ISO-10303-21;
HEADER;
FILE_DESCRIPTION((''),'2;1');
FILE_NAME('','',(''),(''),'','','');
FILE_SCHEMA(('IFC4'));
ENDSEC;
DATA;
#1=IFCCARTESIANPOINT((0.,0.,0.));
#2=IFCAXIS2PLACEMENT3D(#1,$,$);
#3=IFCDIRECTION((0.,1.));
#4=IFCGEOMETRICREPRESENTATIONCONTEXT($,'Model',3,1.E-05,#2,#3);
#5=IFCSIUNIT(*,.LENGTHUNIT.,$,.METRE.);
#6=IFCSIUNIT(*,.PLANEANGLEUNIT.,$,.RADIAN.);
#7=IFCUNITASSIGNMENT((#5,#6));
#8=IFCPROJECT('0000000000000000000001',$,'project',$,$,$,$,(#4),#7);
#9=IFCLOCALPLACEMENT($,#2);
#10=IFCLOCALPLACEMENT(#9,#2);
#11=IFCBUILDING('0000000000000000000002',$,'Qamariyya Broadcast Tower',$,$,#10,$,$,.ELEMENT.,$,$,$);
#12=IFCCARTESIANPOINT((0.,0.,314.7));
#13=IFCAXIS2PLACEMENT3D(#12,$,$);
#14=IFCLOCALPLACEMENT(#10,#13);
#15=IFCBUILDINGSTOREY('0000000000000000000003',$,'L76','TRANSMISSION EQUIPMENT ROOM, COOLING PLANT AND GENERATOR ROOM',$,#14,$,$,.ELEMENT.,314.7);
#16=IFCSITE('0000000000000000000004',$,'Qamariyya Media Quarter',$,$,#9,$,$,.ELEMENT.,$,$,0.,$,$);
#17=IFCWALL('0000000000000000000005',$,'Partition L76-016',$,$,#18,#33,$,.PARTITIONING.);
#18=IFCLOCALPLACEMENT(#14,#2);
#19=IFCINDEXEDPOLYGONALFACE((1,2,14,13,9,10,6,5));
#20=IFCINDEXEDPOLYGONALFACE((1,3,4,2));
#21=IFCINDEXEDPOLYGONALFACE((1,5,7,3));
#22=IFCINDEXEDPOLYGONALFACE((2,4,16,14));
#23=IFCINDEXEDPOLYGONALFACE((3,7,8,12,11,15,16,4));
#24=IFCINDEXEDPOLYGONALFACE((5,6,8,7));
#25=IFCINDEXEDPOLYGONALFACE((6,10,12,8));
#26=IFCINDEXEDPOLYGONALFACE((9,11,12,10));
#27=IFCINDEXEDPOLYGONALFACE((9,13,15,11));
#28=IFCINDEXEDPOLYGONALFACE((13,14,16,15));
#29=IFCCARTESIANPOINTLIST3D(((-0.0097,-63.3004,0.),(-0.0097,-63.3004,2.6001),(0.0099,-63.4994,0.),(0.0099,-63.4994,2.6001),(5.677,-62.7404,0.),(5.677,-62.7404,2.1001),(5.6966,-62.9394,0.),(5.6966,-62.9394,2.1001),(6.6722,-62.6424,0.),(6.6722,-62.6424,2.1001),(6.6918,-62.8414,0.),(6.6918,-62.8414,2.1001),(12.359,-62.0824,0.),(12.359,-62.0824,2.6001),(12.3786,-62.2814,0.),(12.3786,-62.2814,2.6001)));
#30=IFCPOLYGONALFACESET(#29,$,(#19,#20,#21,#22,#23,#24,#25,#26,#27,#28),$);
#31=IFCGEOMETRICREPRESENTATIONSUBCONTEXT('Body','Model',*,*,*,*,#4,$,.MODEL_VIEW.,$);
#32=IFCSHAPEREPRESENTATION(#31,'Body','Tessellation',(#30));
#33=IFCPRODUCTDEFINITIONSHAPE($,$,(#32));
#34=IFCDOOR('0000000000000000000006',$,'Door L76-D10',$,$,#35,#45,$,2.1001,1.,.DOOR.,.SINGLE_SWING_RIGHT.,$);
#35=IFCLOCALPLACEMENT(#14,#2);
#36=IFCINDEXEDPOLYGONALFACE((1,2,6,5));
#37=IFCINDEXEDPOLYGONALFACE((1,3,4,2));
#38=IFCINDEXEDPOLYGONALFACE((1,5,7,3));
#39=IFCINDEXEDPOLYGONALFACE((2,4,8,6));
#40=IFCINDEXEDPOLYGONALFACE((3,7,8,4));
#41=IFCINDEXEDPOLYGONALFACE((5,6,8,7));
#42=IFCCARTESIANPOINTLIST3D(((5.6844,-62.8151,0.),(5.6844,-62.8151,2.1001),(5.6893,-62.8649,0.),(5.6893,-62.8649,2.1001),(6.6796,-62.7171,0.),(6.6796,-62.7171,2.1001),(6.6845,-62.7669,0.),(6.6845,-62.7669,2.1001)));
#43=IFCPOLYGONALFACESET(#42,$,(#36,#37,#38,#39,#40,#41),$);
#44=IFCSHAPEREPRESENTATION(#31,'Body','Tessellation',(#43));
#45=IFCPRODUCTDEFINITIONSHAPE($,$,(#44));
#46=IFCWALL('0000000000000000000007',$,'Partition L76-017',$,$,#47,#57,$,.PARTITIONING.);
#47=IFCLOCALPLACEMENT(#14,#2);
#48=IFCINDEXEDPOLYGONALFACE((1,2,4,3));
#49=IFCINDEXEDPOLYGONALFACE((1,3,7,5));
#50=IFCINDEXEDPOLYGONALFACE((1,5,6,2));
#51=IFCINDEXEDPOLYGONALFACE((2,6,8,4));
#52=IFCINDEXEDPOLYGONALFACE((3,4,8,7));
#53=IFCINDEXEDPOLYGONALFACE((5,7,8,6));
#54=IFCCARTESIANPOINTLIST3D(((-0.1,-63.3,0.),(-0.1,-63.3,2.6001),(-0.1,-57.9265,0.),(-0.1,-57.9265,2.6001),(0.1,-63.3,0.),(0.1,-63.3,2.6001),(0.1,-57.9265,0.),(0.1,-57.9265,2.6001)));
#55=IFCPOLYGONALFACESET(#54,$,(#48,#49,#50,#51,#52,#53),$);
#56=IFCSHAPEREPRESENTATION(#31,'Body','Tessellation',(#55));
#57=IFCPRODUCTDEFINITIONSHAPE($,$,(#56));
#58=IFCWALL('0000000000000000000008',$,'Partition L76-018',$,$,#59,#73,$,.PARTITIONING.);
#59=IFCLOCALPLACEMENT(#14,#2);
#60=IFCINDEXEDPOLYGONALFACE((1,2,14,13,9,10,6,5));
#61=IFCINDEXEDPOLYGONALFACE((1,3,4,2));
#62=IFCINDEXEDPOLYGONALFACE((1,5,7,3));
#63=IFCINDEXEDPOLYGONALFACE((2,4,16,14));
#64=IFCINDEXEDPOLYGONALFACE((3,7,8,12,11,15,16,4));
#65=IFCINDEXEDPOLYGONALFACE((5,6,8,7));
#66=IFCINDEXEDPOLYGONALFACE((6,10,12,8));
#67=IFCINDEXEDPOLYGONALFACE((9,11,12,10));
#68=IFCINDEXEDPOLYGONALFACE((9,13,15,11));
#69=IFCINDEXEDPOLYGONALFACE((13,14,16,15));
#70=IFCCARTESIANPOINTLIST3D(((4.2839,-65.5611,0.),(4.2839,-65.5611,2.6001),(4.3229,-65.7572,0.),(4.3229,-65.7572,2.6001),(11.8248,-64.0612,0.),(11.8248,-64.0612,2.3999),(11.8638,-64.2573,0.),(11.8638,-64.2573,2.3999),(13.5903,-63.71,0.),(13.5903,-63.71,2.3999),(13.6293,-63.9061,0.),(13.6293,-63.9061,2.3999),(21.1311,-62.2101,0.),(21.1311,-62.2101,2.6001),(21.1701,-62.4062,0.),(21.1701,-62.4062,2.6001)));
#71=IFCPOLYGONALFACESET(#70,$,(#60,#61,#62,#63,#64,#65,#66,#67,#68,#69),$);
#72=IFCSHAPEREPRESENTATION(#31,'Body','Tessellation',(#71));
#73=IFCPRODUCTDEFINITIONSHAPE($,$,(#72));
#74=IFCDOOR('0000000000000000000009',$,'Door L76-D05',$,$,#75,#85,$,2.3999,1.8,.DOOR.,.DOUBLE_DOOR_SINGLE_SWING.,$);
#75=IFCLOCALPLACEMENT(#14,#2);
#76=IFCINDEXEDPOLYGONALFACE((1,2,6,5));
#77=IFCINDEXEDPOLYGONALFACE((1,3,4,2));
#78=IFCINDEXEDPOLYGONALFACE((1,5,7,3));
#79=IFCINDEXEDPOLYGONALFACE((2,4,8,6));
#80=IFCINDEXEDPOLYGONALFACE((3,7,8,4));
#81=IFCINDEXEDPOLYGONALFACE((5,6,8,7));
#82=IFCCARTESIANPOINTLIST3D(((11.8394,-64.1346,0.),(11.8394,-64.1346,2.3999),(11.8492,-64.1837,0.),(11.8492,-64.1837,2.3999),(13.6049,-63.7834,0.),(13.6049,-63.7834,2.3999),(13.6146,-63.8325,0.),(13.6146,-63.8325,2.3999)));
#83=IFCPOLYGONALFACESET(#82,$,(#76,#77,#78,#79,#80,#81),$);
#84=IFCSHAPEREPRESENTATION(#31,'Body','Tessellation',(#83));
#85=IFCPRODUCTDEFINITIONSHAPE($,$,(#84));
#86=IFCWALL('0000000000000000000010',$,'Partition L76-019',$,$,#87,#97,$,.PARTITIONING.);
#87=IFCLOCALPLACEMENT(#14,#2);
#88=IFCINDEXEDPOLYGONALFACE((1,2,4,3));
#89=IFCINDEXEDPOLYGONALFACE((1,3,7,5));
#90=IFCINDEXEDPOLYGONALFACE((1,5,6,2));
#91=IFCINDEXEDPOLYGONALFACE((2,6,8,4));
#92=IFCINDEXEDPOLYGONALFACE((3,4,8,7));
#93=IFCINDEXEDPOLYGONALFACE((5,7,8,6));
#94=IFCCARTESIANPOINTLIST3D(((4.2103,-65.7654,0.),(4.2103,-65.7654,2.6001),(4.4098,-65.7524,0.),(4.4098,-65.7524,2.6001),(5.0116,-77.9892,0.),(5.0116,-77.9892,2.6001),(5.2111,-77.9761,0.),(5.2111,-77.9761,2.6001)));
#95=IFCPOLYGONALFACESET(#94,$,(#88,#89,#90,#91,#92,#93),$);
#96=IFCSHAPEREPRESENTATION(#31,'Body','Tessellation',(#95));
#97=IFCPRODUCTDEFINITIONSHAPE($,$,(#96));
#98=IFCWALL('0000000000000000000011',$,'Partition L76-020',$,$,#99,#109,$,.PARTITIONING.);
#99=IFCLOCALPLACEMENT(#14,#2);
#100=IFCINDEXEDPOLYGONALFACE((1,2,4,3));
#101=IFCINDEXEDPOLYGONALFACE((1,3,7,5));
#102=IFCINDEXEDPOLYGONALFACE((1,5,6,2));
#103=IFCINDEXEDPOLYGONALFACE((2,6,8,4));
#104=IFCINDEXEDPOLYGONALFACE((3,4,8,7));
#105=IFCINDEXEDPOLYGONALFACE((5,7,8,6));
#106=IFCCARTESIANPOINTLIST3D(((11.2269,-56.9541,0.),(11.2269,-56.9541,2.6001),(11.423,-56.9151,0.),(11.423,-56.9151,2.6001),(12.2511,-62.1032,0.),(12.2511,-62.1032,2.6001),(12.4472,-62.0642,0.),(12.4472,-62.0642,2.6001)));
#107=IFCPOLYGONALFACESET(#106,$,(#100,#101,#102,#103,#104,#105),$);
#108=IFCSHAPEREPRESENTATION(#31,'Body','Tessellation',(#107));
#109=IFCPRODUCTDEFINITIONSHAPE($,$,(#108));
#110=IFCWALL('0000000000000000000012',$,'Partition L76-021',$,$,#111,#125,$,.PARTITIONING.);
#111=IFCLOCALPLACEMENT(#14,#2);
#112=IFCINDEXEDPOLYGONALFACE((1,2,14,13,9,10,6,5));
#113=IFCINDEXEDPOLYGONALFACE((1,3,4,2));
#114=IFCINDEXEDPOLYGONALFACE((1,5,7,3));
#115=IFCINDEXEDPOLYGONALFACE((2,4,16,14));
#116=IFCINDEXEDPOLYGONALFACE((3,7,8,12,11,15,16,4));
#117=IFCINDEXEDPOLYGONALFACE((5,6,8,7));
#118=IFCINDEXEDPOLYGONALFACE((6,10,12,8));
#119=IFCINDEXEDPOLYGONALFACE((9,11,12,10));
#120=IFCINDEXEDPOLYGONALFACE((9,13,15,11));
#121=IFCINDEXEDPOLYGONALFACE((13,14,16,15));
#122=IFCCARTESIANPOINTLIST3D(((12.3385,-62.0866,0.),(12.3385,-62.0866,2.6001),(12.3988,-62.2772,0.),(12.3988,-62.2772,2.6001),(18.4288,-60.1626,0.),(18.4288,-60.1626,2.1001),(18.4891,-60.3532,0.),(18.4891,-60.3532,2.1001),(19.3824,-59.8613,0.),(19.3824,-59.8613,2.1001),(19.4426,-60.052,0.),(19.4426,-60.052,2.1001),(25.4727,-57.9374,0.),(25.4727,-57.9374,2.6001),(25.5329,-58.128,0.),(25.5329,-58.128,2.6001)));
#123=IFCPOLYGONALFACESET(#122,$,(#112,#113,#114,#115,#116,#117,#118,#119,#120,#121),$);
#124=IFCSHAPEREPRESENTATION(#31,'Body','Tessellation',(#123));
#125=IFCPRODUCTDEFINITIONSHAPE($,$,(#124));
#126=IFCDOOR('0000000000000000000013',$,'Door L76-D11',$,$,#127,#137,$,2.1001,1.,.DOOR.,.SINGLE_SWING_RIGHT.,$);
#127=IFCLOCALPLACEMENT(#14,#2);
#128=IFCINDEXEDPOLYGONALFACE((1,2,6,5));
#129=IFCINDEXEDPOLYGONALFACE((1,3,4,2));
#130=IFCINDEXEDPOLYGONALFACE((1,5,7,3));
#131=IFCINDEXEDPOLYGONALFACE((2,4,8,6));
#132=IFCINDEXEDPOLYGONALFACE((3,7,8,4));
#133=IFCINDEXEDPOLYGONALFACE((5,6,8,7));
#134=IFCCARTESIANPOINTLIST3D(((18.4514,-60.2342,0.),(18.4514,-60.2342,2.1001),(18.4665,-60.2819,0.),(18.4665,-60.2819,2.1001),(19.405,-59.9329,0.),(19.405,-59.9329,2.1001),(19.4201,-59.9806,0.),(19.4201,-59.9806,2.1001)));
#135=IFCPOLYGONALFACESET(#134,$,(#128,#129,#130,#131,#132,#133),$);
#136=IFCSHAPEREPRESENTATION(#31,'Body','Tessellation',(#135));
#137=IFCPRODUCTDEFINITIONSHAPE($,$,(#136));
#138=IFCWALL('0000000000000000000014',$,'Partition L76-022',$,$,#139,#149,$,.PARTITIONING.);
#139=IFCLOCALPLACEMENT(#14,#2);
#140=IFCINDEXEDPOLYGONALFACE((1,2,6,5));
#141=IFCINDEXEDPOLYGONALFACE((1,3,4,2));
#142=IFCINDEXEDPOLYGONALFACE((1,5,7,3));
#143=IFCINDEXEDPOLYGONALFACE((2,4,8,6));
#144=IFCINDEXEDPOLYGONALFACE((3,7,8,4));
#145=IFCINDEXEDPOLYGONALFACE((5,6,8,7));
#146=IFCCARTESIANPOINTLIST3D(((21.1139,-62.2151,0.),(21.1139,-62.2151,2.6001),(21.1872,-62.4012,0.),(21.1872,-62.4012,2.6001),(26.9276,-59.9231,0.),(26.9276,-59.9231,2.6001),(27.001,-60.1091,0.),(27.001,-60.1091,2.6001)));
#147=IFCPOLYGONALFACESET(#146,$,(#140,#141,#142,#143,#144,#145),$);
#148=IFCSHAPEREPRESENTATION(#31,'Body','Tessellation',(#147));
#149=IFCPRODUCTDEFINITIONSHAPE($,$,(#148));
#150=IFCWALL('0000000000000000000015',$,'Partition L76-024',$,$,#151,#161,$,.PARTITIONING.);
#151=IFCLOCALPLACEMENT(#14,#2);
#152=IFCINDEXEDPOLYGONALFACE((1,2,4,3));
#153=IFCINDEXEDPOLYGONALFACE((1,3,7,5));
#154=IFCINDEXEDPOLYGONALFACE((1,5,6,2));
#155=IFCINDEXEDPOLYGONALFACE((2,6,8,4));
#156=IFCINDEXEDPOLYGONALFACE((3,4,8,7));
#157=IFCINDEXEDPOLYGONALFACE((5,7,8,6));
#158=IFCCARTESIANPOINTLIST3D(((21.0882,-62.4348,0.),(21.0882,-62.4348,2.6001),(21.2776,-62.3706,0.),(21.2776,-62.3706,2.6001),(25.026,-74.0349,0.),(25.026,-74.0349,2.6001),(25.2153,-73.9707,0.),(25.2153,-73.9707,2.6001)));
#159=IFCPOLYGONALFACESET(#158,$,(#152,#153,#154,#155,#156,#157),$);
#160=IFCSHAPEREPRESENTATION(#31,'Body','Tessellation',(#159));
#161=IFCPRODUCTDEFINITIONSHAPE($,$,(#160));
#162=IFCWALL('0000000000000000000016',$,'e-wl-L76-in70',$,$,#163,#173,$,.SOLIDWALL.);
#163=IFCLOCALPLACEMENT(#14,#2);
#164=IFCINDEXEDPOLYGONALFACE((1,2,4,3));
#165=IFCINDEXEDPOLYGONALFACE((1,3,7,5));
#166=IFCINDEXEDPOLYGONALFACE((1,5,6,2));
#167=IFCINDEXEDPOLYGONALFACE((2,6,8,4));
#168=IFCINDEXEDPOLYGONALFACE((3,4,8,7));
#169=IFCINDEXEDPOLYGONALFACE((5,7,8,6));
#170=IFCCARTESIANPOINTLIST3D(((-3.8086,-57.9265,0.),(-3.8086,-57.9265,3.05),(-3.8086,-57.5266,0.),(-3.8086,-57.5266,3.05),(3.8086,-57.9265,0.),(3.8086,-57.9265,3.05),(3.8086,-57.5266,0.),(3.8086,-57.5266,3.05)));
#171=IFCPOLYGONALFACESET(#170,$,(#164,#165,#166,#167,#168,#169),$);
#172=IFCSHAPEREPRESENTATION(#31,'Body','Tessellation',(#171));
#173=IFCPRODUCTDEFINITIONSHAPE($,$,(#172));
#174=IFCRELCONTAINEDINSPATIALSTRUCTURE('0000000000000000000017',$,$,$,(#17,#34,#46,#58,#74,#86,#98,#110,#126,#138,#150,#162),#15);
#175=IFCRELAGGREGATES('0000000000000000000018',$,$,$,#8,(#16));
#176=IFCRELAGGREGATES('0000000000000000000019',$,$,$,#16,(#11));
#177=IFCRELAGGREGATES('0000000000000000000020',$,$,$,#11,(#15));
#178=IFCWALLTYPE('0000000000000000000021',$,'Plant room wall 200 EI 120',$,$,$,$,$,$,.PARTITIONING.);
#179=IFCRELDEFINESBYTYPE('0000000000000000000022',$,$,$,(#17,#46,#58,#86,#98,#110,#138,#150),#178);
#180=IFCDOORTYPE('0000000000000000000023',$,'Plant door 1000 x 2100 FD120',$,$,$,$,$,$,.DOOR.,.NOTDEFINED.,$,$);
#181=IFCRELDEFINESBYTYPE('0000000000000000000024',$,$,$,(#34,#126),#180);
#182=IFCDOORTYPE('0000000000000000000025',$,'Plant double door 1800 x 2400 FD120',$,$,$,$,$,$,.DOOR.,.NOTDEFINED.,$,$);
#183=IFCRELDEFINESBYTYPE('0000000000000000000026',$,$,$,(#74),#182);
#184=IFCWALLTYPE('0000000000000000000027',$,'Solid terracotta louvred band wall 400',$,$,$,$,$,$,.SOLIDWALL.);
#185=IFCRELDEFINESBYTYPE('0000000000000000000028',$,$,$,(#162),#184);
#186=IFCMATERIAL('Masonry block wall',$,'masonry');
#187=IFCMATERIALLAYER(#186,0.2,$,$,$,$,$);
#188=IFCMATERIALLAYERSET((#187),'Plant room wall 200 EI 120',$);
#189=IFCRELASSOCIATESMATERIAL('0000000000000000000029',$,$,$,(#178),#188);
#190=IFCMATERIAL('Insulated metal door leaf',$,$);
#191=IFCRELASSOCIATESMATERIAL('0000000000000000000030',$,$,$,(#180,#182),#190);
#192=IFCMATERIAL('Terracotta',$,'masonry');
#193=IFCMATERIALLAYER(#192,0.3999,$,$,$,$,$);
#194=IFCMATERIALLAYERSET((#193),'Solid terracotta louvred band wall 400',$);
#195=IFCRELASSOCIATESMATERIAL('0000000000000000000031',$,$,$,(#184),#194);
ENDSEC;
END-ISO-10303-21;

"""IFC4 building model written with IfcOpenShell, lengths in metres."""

from ifc_helpers import new_model, si_unit, direction, frame, frame_2d, origin, place, context, subcontext, project, spatial, rectangle, extrude, material, layer, layer_set, type_object, element, fill, save


model = new_model("IFC4")

# Units and contexts
model_context = context("Model", 3, precision=1e-05, world=origin(), true_north=direction((0.0, 1.0)))
body_context = subcontext(model_context, "Body", "Model", "MODEL_VIEW")
ifc_project = project(units=[si_unit("LENGTHUNIT", "METRE"), si_unit("PLANEANGLEUNIT", "RADIAN")], contexts=[model_context])

# Site, building, storey
site_placement = place(None, origin())
site = spatial("IfcSite", under=ifc_project, at=site_placement, Name="Qamariyya Media Quarter", CompositionType="ELEMENT", RefElevation=0.0)
building_placement = place(site_placement, origin())
building = spatial("IfcBuilding", under=site, at=building_placement, Name="Qamariyya Broadcast Tower", CompositionType="ELEMENT")
storey_placement = place(building_placement, frame((0.0, 0.0, 314.7)))
storey = spatial("IfcBuildingStorey", under=building, at=storey_placement, Name="L76", Description="TRANSMISSION EQUIPMENT ROOM, COOLING PLANT AND GENERATOR ROOM", CompositionType="ELEMENT", Elevation=314.7)

# Wall, opening, door
ifc_material_1 = material(Name="Masonry block wall", Category="masonry")
ifc_layer_1 = layer(ifc_material_1, 0.2)
ifc_layer_set_1 = layer_set([ifc_layer_1], Name="Plant room wall 200 EI 120")
wall_type_1 = type_object("IfcWallType", Name="Plant room wall 200 EI 120", PredefinedType="PARTITIONING", material=ifc_layer_set_1)
ifc_material_2 = material(Name="Insulated metal door leaf")
door_type_1 = type_object("IfcDoorType", Name="Plant door 1000 x 2100 FD120", OperationType="NOTDEFINED", PredefinedType="DOOR", material=ifc_material_2)
wall_1_placement = place(storey_placement, frame((0.0, -63.3999, 0.0), z_axis=(0.0, 0.0, 1.0), x_axis=(0.995186, 0.098002, 0.0)))
wall_1 = element("IfcWall", 1, at=wall_1_placement, inside=storey, type_object=wall_type_1, Name="Partition L76-016", PredefinedType="PARTITIONING", context=body_context, shape_type="SweptSolid", body=[
    extrude(rectangle(XDim=12.4285, YDim=0.2, at=frame_2d((6.2144, 0.0))), origin(), (0.0, 0.0, 1.0), 2.6001),
])
opening_1_placement = place(wall_1_placement, frame((5.7144, 0.0, 0.0)))
opening_1 = element("IfcOpeningElement", 2, at=opening_1_placement, cuts=wall_1, PredefinedType="OPENING", context=body_context, shape_type="SweptSolid", body=[
    extrude(rectangle(XDim=1.0, YDim=2.1001, at=frame_2d((0.5, 1.05))), frame((0.0, 0.1099, 0.0), z_axis=(0.0, -1.0, 0.0), x_axis=(1.0, 0.0, 0.0)), (0.0, 0.0, 1.0), 0.22),
])
door_1_placement = place(opening_1_placement, origin())
door_1 = element("IfcDoor", 3, at=door_1_placement, inside=storey, type_object=door_type_1, Name="Door L76-D10", OperationType="SINGLE_SWING_RIGHT", OverallHeight=2.1001, OverallWidth=1.0, PredefinedType="DOOR", context=body_context, shape_type="SweptSolid", body=[
    extrude(rectangle(XDim=1.0, YDim=2.1001, at=frame_2d((0.5, 1.05))), frame((0.0, 0.0249, 0.0), z_axis=(0.0, -1.0, 0.0), x_axis=(1.0, 0.0, 0.0)), (0.0, 0.0, 1.0), 0.05),
])
fill(opening_1, door_1)

# Wall
wall_2_placement = place(storey_placement, frame((0.0, -57.9265, 0.0), z_axis=(0.0, 0.0, 1.0), x_axis=(0.0, -1.0, 0.0)))
element("IfcWall", 4, at=wall_2_placement, inside=storey, type_object=wall_type_1, Name="Partition L76-017", PredefinedType="PARTITIONING", context=body_context, shape_type="SweptSolid", body=[
    extrude(rectangle(XDim=5.3735, YDim=0.2, at=frame_2d((2.6868, 0.0))), origin(), (0.0, 0.0, 1.0), 2.6001),
])

# Wall, opening, door
wall_3_placement = place(storey_placement, frame((21.1506, -62.3081, 0.0), z_axis=(0.0, 0.0, 1.0), x_axis=(-0.980786, -0.195088, 0.0)))
wall_3 = element("IfcWall", 5, at=wall_3_placement, inside=storey, type_object=wall_type_1, Name="Partition L76-018", PredefinedType="PARTITIONING", context=body_context, shape_type="SweptSolid", body=[
    extrude(rectangle(XDim=17.1772, YDim=0.2, at=frame_2d((8.5886, 0.0))), origin(), (0.0, 0.0, 1.0), 2.6001),
])
opening_2_placement = place(wall_3_placement, frame((7.6887, 0.0, 0.0)))
opening_2 = element("IfcOpeningElement", 6, at=opening_2_placement, cuts=wall_3, PredefinedType="OPENING", context=body_context, shape_type="SweptSolid", body=[
    extrude(rectangle(XDim=1.8, YDim=2.3999, at=frame_2d((0.8999, 1.2))), frame((0.0, 0.1099, 0.0), z_axis=(0.0, -1.0, 0.0), x_axis=(1.0, 0.0, 0.0)), (0.0, 0.0, 1.0), 0.22),
])
door_type_2 = type_object("IfcDoorType", Name="Plant double door 1800 x 2400 FD120", OperationType="NOTDEFINED", PredefinedType="DOOR", material=ifc_material_2)
door_2_placement = place(opening_2_placement, origin())
door_2 = element("IfcDoor", 7, at=door_2_placement, inside=storey, type_object=door_type_2, Name="Door L76-D05", OperationType="DOUBLE_DOOR_SINGLE_SWING", OverallHeight=2.3999, OverallWidth=1.8, PredefinedType="DOOR", context=body_context, shape_type="SweptSolid", body=[
    extrude(rectangle(XDim=1.8, YDim=2.3999, at=frame_2d((0.8999, 1.2))), frame((0.0, 0.0249, 0.0), z_axis=(0.0, -1.0, 0.0), x_axis=(1.0, 0.0, 0.0)), (0.0, 0.0, 1.0), 0.05),
])
fill(opening_2, door_2)

# Walls
wall_4_placement = place(storey_placement, frame((5.1113, -77.9827, 0.0), z_axis=(0.0, 0.0, 1.0), x_axis=(-0.065409, 0.997859, 0.0)))
element("IfcWall", 8, at=wall_4_placement, inside=storey, type_object=wall_type_1, Name="Partition L76-019", PredefinedType="PARTITIONING", context=body_context, shape_type="SweptSolid", body=[
    extrude(rectangle(XDim=12.25, YDim=0.2, at=frame_2d((6.125, 0.0))), origin(), (0.0, 0.0, 1.0), 2.6001),
])
wall_5_placement = place(storey_placement, frame((11.325, -56.9346, 0.0), z_axis=(0.0, 0.0, 1.0), x_axis=(0.195079, -0.980788, 0.0)))
element("IfcWall", 9, at=wall_5_placement, inside=storey, type_object=wall_type_1, Name="Partition L76-020", PredefinedType="PARTITIONING", context=body_context, shape_type="SweptSolid", body=[
    extrude(rectangle(XDim=5.25, YDim=0.2, at=frame_2d((2.625, 0.0))), origin(), (0.0, 0.0, 1.0), 2.6001),
])

# Wall, opening, door
wall_6_placement = place(storey_placement, frame((12.3687, -62.1819, 0.0), z_axis=(0.0, 0.0, 1.0), x_axis=(0.95355, 0.301236, 0.0)))
wall_6 = element("IfcWall", 10, at=wall_6_placement, inside=storey, type_object=wall_type_1, Name="Partition L76-021", PredefinedType="PARTITIONING", context=body_context, shape_type="SweptSolid", body=[
    extrude(rectangle(XDim=13.7739, YDim=0.2, at=frame_2d((6.887, 0.0))), origin(), (0.0, 0.0, 1.0), 2.6001),
])
opening_3_placement = place(wall_6_placement, frame((6.387, 0.0, 0.0)))
opening_3 = element("IfcOpeningElement", 11, at=opening_3_placement, cuts=wall_6, PredefinedType="OPENING", context=body_context, shape_type="SweptSolid", body=[
    extrude(rectangle(XDim=1.0, YDim=2.1001, at=frame_2d((0.5, 1.05))), frame((0.0, 0.1099, 0.0), z_axis=(0.0, -1.0, 0.0), x_axis=(1.0, 0.0, 0.0)), (0.0, 0.0, 1.0), 0.22),
])
door_3_placement = place(opening_3_placement, origin())
door_3 = element("IfcDoor", 12, at=door_3_placement, inside=storey, type_object=door_type_1, Name="Door L76-D11", OperationType="SINGLE_SWING_RIGHT", OverallHeight=2.1001, OverallWidth=1.0, PredefinedType="DOOR", context=body_context, shape_type="SweptSolid", body=[
    extrude(rectangle(XDim=1.0, YDim=2.1001, at=frame_2d((0.5, 1.05))), frame((0.0, 0.0249, 0.0), z_axis=(0.0, -1.0, 0.0), x_axis=(1.0, 0.0, 0.0)), (0.0, 0.0, 1.0), 0.05),
])
fill(opening_3, door_3)

# Walls
wall_7_placement = place(storey_placement, frame((21.1506, -62.3081, 0.0), z_axis=(0.0, 0.0, 1.0), x_axis=(0.930313, 0.366765, 0.0)))
element("IfcWall", 13, at=wall_7_placement, inside=storey, type_object=wall_type_1, Name="Partition L76-022", PredefinedType="PARTITIONING", context=body_context, shape_type="SweptSolid", body=[
    extrude(rectangle(XDim=6.2493, YDim=0.2, at=frame_2d((3.1245, 0.0))), origin(), (0.0, 0.0, 1.0), 2.6001),
])
wall_8_placement = place(storey_placement, frame((25.1206, -74.0027, 0.0), z_axis=(0.0, 0.0, 1.0), x_axis=(-0.321443, 0.946929, 0.0)))
element("IfcWall", 14, at=wall_8_placement, inside=storey, type_object=wall_type_1, Name="Partition L76-024", PredefinedType="PARTITIONING", context=body_context, shape_type="SweptSolid", body=[
    extrude(rectangle(XDim=12.2502, YDim=0.2, at=frame_2d((6.125, 0.0))), origin(), (0.0, 0.0, 1.0), 2.6001),
])
ifc_material_3 = material(Name="Terracotta", Category="masonry")
ifc_layer_2 = layer(ifc_material_3, 0.3999)
ifc_layer_set_2 = layer_set([ifc_layer_2], Name="Solid terracotta louvred band wall 400")
wall_type_2 = type_object("IfcWallType", Name="Solid terracotta louvred band wall 400", PredefinedType="SOLIDWALL", material=ifc_layer_set_2)
wall_9_placement = place(storey_placement, frame((3.8086, -57.7266, 0.0), z_axis=(0.0, 0.0, 1.0), x_axis=(-1.0, 0.0, 0.0)))
element("IfcWall", 15, at=wall_9_placement, inside=storey, type_object=wall_type_2, Name="e-wl-L76-in70", PredefinedType="SOLIDWALL", context=body_context, shape_type="SweptSolid", body=[
    extrude(rectangle(XDim=7.6172, YDim=0.3999, at=frame_2d((3.8086, 0.0))), origin(), (0.0, 0.0, 1.0), 3.05),
])

save(model, "model.ifc")
